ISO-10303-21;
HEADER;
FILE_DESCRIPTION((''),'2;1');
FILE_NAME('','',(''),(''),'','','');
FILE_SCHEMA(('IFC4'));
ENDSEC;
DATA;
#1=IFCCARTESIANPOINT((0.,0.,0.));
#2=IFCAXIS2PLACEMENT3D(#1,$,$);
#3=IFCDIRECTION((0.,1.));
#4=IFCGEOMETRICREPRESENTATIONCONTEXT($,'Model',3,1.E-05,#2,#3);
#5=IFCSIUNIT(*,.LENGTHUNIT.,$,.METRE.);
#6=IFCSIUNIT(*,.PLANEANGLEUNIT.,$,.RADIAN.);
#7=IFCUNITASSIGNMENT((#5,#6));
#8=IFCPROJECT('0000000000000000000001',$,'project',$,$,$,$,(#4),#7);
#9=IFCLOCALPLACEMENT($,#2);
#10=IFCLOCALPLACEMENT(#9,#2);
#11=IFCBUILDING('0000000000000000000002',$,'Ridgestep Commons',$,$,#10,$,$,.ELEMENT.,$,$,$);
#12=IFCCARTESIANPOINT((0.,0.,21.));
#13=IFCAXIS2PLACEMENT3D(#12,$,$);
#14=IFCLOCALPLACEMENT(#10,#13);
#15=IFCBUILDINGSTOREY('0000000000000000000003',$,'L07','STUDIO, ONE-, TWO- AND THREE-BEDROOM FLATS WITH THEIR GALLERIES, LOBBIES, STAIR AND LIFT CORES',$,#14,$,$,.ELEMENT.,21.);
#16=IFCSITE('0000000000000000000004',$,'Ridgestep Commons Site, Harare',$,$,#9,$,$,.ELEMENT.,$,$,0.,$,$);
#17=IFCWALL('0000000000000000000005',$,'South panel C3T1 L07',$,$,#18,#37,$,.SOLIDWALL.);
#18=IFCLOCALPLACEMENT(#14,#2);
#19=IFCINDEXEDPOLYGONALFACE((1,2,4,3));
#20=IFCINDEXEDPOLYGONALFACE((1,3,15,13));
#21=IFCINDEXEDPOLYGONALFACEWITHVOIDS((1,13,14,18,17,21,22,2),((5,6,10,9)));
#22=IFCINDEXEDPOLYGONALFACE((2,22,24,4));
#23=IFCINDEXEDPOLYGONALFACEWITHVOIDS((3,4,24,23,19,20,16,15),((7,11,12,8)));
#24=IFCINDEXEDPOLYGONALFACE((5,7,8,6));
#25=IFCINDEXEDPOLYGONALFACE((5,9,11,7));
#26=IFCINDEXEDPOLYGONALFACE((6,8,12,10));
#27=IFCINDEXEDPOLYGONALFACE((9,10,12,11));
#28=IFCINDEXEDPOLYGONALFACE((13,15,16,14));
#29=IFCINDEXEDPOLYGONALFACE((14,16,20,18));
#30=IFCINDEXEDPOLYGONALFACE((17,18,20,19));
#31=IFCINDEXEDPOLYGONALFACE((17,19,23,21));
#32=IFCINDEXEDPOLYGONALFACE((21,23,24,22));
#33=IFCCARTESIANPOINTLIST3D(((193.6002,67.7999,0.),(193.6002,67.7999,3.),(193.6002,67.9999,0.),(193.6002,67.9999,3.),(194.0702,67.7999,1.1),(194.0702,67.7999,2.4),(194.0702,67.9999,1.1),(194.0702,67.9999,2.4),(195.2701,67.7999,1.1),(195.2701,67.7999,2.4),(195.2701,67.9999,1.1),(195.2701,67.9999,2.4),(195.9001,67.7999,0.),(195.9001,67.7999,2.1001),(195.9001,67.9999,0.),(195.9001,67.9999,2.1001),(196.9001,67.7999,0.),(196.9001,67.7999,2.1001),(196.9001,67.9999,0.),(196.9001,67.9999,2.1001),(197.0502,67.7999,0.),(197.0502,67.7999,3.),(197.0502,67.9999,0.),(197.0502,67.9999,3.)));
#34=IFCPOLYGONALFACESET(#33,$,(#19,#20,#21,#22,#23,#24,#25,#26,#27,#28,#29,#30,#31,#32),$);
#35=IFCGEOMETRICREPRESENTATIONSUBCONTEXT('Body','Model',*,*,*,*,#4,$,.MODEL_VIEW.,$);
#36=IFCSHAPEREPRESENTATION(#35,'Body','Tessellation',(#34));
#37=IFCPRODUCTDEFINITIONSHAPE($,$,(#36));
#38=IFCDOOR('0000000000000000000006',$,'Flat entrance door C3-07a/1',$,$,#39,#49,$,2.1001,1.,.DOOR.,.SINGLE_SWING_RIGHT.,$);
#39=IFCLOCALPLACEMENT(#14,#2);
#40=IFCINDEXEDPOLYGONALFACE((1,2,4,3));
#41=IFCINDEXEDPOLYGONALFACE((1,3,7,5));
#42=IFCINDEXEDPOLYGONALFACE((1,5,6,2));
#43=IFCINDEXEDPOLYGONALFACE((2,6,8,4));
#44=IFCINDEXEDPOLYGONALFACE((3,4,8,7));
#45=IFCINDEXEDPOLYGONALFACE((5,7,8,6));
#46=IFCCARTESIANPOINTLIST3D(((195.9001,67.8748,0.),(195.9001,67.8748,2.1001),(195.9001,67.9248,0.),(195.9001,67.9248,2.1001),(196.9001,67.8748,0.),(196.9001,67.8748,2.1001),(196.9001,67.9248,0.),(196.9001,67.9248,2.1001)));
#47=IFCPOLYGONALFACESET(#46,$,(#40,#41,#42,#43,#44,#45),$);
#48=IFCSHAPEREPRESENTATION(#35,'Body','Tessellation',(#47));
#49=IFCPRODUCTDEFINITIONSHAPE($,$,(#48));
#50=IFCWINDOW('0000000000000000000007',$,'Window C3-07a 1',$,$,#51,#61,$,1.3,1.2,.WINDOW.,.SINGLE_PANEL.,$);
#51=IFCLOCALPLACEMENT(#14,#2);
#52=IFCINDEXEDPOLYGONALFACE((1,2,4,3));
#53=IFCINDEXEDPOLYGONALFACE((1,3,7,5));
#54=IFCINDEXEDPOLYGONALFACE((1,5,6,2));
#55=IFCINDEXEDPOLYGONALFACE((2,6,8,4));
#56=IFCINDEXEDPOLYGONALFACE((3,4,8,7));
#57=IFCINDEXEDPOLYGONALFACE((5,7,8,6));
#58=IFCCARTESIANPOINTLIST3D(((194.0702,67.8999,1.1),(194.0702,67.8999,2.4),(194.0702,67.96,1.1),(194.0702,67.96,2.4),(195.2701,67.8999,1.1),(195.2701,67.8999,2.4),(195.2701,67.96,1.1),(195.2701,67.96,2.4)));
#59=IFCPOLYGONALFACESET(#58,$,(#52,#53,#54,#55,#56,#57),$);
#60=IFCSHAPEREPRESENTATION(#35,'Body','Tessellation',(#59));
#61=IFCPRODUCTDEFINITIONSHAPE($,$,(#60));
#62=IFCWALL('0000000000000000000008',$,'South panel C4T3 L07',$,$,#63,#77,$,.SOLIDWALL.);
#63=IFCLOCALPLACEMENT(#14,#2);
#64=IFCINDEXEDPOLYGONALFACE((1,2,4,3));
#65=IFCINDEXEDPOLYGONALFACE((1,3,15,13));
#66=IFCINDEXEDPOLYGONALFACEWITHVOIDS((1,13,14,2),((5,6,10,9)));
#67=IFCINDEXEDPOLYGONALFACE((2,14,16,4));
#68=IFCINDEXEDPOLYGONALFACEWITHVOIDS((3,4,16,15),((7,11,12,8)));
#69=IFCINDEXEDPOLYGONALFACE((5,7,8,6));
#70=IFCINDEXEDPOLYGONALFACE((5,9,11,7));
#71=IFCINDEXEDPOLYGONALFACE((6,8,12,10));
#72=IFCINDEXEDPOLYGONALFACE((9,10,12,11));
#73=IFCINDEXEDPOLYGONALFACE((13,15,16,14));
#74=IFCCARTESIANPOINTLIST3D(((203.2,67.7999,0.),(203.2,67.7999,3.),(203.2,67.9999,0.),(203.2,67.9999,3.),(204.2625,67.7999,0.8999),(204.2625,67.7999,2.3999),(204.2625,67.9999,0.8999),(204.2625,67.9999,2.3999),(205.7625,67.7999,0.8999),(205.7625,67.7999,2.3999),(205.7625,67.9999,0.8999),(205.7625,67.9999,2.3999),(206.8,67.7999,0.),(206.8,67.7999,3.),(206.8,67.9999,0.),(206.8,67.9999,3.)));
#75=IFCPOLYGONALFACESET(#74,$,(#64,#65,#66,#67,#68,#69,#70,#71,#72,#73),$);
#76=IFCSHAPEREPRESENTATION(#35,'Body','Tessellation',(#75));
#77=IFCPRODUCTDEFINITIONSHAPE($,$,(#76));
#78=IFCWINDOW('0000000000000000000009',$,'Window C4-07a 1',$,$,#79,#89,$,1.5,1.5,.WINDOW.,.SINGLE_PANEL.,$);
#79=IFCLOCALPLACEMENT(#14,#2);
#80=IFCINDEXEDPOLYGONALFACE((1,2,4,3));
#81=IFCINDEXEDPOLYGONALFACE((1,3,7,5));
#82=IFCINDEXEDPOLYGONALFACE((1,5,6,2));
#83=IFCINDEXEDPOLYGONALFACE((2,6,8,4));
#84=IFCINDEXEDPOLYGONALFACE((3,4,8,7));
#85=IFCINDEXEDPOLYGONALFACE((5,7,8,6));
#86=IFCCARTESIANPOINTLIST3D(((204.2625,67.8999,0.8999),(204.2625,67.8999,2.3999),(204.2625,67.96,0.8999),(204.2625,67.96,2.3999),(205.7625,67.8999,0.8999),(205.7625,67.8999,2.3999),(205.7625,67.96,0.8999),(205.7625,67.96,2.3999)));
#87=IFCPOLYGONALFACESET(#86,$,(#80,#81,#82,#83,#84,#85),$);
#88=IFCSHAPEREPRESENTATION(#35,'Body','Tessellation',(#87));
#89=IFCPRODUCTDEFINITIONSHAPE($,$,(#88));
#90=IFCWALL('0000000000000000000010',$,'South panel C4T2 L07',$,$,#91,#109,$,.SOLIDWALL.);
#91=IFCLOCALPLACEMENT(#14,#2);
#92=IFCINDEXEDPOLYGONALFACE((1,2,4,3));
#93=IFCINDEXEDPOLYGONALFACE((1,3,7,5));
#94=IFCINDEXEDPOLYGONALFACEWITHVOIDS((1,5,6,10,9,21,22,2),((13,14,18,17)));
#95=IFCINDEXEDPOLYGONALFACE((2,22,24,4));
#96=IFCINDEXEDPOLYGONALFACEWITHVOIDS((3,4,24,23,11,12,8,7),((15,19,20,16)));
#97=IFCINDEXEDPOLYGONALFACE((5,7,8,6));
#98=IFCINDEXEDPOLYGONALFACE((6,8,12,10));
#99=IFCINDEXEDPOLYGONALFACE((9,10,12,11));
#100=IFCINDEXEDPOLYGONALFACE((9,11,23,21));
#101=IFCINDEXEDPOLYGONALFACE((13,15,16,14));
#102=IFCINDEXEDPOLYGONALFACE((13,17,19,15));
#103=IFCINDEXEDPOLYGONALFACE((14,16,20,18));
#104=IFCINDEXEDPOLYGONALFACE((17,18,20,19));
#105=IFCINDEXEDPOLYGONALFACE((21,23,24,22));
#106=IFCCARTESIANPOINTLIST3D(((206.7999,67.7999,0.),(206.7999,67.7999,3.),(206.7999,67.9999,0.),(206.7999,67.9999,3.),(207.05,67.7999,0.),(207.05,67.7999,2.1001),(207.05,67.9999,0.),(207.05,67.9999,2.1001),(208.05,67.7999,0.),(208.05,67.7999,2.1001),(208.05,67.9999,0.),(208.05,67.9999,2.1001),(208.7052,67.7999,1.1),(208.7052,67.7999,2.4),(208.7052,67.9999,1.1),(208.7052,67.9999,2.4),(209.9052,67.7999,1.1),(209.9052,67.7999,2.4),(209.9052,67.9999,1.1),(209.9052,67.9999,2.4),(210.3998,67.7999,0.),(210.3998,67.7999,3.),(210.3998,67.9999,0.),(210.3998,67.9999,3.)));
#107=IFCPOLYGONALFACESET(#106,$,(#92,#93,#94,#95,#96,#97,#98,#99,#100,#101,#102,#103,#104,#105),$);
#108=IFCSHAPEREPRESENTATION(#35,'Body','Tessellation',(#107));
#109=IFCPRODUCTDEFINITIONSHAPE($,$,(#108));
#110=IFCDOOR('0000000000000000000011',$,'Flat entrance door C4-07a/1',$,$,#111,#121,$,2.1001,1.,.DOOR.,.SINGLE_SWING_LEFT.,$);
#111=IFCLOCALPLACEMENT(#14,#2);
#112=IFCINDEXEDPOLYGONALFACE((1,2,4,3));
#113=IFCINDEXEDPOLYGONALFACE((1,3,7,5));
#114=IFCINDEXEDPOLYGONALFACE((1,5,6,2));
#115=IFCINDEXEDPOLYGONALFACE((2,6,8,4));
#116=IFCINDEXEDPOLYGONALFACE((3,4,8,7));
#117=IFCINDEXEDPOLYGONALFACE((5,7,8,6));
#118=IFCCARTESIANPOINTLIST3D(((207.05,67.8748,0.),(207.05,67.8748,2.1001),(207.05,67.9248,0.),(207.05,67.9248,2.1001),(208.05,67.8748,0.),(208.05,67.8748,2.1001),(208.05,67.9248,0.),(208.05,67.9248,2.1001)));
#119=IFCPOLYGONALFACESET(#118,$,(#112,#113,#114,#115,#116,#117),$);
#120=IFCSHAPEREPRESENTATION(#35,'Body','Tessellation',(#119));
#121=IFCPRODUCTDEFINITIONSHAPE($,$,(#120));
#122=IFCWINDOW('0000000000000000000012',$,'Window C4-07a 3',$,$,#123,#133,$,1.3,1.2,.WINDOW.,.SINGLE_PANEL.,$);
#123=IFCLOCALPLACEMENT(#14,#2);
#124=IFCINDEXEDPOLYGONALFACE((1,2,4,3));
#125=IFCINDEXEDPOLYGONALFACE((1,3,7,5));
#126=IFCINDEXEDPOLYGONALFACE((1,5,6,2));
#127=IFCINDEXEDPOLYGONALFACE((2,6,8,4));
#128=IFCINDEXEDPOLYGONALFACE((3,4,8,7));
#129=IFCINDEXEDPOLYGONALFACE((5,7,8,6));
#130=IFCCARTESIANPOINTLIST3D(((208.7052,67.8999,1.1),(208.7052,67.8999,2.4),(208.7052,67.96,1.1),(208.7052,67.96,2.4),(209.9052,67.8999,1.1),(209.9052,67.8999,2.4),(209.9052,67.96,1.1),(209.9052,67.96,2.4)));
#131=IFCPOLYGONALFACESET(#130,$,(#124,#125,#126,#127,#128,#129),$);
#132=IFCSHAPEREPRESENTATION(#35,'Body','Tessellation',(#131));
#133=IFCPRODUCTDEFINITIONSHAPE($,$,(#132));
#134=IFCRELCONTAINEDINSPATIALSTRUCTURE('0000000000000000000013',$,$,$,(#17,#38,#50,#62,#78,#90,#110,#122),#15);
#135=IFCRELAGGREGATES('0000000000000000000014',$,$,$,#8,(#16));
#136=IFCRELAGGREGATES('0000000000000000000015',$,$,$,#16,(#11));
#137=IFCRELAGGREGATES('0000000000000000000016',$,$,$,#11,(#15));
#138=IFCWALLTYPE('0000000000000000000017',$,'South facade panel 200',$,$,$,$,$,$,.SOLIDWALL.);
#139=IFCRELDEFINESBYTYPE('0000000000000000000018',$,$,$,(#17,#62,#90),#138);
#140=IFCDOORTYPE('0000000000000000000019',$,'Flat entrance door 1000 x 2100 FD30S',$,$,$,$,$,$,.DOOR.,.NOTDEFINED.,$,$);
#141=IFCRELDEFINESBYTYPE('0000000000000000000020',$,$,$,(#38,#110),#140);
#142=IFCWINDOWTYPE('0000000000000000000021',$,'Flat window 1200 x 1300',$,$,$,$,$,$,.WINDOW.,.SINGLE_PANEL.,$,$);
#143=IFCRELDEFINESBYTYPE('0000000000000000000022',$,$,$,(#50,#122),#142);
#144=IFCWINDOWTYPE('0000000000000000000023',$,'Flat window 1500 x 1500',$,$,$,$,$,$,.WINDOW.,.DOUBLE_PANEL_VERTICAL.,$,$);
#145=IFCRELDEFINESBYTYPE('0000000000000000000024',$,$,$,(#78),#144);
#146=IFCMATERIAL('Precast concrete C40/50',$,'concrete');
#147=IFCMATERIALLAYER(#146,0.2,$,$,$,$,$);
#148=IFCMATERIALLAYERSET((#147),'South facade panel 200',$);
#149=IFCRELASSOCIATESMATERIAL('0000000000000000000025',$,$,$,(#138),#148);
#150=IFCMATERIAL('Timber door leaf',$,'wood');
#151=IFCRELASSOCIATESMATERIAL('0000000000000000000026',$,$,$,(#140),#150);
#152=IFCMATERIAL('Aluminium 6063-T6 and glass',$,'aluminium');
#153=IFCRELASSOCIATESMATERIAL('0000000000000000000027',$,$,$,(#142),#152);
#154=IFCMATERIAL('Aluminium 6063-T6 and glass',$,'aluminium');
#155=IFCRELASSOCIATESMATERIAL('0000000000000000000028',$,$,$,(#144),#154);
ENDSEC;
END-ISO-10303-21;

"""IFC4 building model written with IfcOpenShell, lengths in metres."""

from ifc_helpers import new_model, si_unit, direction, frame, frame_2d, origin, place, context, subcontext, project, spatial, rectangle, extrude, material, layer, layer_set, type_object, element, fill, save


model = new_model("IFC4")

# Units and contexts
model_context = context("Model", 3, precision=1e-05, world=origin(), true_north=direction((0.0, 1.0)))
body_context = subcontext(model_context, "Body", "Model", "MODEL_VIEW")
ifc_project = project(units=[si_unit("LENGTHUNIT", "METRE"), si_unit("PLANEANGLEUNIT", "RADIAN")], contexts=[model_context])

# Site, building, storey
site_placement = place(None, origin())
site = spatial("IfcSite", under=ifc_project, at=site_placement, Name="Ridgestep Commons Site, Harare", CompositionType="ELEMENT", RefElevation=0.0)
building_placement = place(site_placement, origin())
building = spatial("IfcBuilding", under=site, at=building_placement, Name="Ridgestep Commons", CompositionType="ELEMENT")
storey_placement = place(building_placement, frame((0.0, 0.0, 21.0)))
storey = spatial("IfcBuildingStorey", under=building, at=storey_placement, Name="L07", Description="STUDIO, ONE-, TWO- AND THREE-BEDROOM FLATS WITH THEIR GALLERIES, LOBBIES, STAIR AND LIFT CORES", CompositionType="ELEMENT", Elevation=21.0)

# Wall, openings, door, window
ifc_material_1 = material(Name="Precast concrete C40/50", Category="concrete")
ifc_layer_1 = layer(ifc_material_1, 0.2)
ifc_layer_set_1 = layer_set([ifc_layer_1], Name="South facade panel 200")
wall_type_1 = type_object("IfcWallType", Name="South facade panel 200", PredefinedType="SOLIDWALL", material=ifc_layer_set_1)
wall_1_placement = place(storey_placement, frame((193.6001, 67.8999, 0.0), z_axis=(0.0, 0.0, 1.0), x_axis=(1.0, 0.0, 0.0)))
wall_1 = element("IfcWall", 1, at=wall_1_placement, inside=storey, type_object=wall_type_1, Name="South panel C3T1 L07", PredefinedType="SOLIDWALL", context=body_context, shape_type="SweptSolid", body=[
    extrude(rectangle(XDim=3.45, YDim=0.2, at=frame_2d((1.7251, 0.0))), origin(), (0.0, 0.0, 1.0), 3.0),
])
opening_1_placement = place(wall_1_placement, frame((0.47, 0.0, 1.1001)))
opening_1 = element("IfcOpeningElement", 2, at=opening_1_placement, cuts=wall_1, PredefinedType="OPENING", context=body_context, shape_type="SweptSolid", body=[
    extrude(rectangle(XDim=1.2, YDim=1.3, at=frame_2d((0.6001, 0.6499))), frame((0.0, 0.1099, 0.0), z_axis=(0.0, -1.0, 0.0), x_axis=(1.0, 0.0, 0.0)), (0.0, 0.0, 1.0), 0.22),
])
opening_2_placement = place(wall_1_placement, frame((2.3, 0.0, 0.0)))
opening_2 = element("IfcOpeningElement", 3, at=opening_2_placement, cuts=wall_1, PredefinedType="OPENING", context=body_context, shape_type="SweptSolid", body=[
    extrude(rectangle(XDim=1.0, YDim=2.1001, at=frame_2d((0.5, 1.05))), frame((0.0, 0.1099, 0.0), z_axis=(0.0, -1.0, 0.0), x_axis=(1.0, 0.0, 0.0)), (0.0, 0.0, 1.0), 0.22),
])
ifc_material_2 = material(Name="Timber door leaf", Category="wood")
door_type_1 = type_object("IfcDoorType", Name="Flat entrance door 1000 x 2100 FD30S", OperationType="NOTDEFINED", PredefinedType="DOOR", material=ifc_material_2)
door_1_placement = place(opening_2_placement, origin())
door_1 = element("IfcDoor", 4, at=door_1_placement, inside=storey, type_object=door_type_1, Name="Flat entrance door C3-07a/1", OperationType="SINGLE_SWING_RIGHT", OverallHeight=2.1001, OverallWidth=1.0, PredefinedType="DOOR", context=body_context, shape_type="SweptSolid", body=[
    extrude(rectangle(XDim=1.0, YDim=2.1001, at=frame_2d((0.5, 1.05))), frame((0.0, 0.0249, 0.0), z_axis=(0.0, -1.0, 0.0), x_axis=(1.0, 0.0, 0.0)), (0.0, 0.0, 1.0), 0.05),
])
fill(opening_2, door_1)
ifc_material_3 = material(Name="Aluminium 6063-T6 and glass", Category="aluminium")
window_type_1 = type_object("IfcWindowType", Name="Flat window 1200 x 1300", PartitioningType="SINGLE_PANEL", PredefinedType="WINDOW", material=ifc_material_3)
window_1_placement = place(opening_1_placement, origin())
window_1 = element("IfcWindow", 5, at=window_1_placement, inside=storey, type_object=window_type_1, Name="Window C3-07a 1", OverallHeight=1.3, OverallWidth=1.2, PartitioningType="SINGLE_PANEL", PredefinedType="WINDOW", context=body_context, shape_type="SweptSolid", body=[
    extrude(rectangle(XDim=1.2, YDim=1.3, at=frame_2d((0.6001, 0.6499))), frame((0.0, 0.0601, 0.0), z_axis=(0.0, -1.0, 0.0), x_axis=(1.0, 0.0, 0.0)), (0.0, 0.0, 1.0), 0.0601),
])
fill(opening_1, window_1)

# Wall, opening, window
wall_2_placement = place(storey_placement, frame((203.2, 67.8999, 0.0), z_axis=(0.0, 0.0, 1.0), x_axis=(1.0, 0.0, 0.0)))
wall_2 = element("IfcWall", 6, at=wall_2_placement, inside=storey, type_object=wall_type_1, Name="South panel C4T3 L07", PredefinedType="SOLIDWALL", context=body_context, shape_type="SweptSolid", body=[
    extrude(rectangle(XDim=3.6001, YDim=0.2, at=frame_2d((1.8, 0.0))), origin(), (0.0, 0.0, 1.0), 3.0),
])
opening_3_placement = place(wall_2_placement, frame((1.0625, 0.0, 0.8999)))
opening_3 = element("IfcOpeningElement", 7, at=opening_3_placement, cuts=wall_2, PredefinedType="OPENING", context=body_context, shape_type="SweptSolid", body=[
    extrude(rectangle(XDim=1.5, YDim=1.5, at=frame_2d((0.75, 0.75))), frame((0.0, 0.1099, 0.0), z_axis=(0.0, -1.0, 0.0), x_axis=(1.0, 0.0, 0.0)), (0.0, 0.0, 1.0), 0.22),
])
ifc_material_4 = material(Name="Aluminium 6063-T6 and glass", Category="aluminium")
window_type_2 = type_object("IfcWindowType", Name="Flat window 1500 x 1500", PartitioningType="DOUBLE_PANEL_VERTICAL", PredefinedType="WINDOW", material=ifc_material_4)
window_2_placement = place(opening_3_placement, origin())
window_2 = element("IfcWindow", 8, at=window_2_placement, inside=storey, type_object=window_type_2, Name="Window C4-07a 1", OverallHeight=1.5, OverallWidth=1.5, PartitioningType="SINGLE_PANEL", PredefinedType="WINDOW", context=body_context, shape_type="SweptSolid", body=[
    extrude(rectangle(XDim=1.5, YDim=1.5, at=frame_2d((0.75, 0.75))), frame((0.0, 0.0601, 0.0), z_axis=(0.0, -1.0, 0.0), x_axis=(1.0, 0.0, 0.0)), (0.0, 0.0, 1.0), 0.0601),
])
fill(opening_3, window_2)

# Wall, openings, door, window
wall_3_placement = place(storey_placement, frame((206.8, 67.8999, 0.0), z_axis=(0.0, 0.0, 1.0), x_axis=(1.0, 0.0, 0.0)))
wall_3 = element("IfcWall", 9, at=wall_3_placement, inside=storey, type_object=wall_type_1, Name="South panel C4T2 L07", PredefinedType="SOLIDWALL", context=body_context, shape_type="SweptSolid", body=[
    extrude(rectangle(XDim=3.5999, YDim=0.2, at=frame_2d((1.7998, 0.0))), origin(), (0.0, 0.0, 1.0), 3.0),
])
opening_4_placement = place(wall_3_placement, frame((1.905, 0.0, 1.1001)))
opening_4 = element("IfcOpeningElement", 10, at=opening_4_placement, cuts=wall_3, PredefinedType="OPENING", context=body_context, shape_type="SweptSolid", body=[
    extrude(rectangle(XDim=1.2, YDim=1.3, at=frame_2d((0.6001, 0.6499))), frame((0.0, 0.1099, 0.0), z_axis=(0.0, -1.0, 0.0), x_axis=(1.0, 0.0, 0.0)), (0.0, 0.0, 1.0), 0.22),
])
opening_5_placement = place(wall_3_placement, frame((0.25, 0.0, 0.0)))
opening_5 = element("IfcOpeningElement", 11, at=opening_5_placement, cuts=wall_3, PredefinedType="OPENING", context=body_context, shape_type="SweptSolid", body=[
    extrude(rectangle(XDim=1.0, YDim=2.1001, at=frame_2d((0.5, 1.05))), frame((0.0, 0.1099, 0.0), z_axis=(0.0, -1.0, 0.0), x_axis=(1.0, 0.0, 0.0)), (0.0, 0.0, 1.0), 0.22),
])
door_2_placement = place(opening_5_placement, origin())
door_2 = element("IfcDoor", 12, at=door_2_placement, inside=storey, type_object=door_type_1, Name="Flat entrance door C4-07a/1", OperationType="SINGLE_SWING_LEFT", OverallHeight=2.1001, OverallWidth=1.0, PredefinedType="DOOR", context=body_context, shape_type="SweptSolid", body=[
    extrude(rectangle(XDim=1.0, YDim=2.1001, at=frame_2d((0.5, 1.05))), frame((0.0, 0.0249, 0.0), z_axis=(0.0, -1.0, 0.0), x_axis=(1.0, 0.0, 0.0)), (0.0, 0.0, 1.0), 0.05),
])
fill(opening_5, door_2)
window_3_placement = place(opening_4_placement, origin())
window_3 = element("IfcWindow", 13, at=window_3_placement, inside=storey, type_object=window_type_1, Name="Window C4-07a 3", OverallHeight=1.3, OverallWidth=1.2, PartitioningType="SINGLE_PANEL", PredefinedType="WINDOW", context=body_context, shape_type="SweptSolid", body=[
    extrude(rectangle(XDim=1.2, YDim=1.3, at=frame_2d((0.6001, 0.6499))), frame((0.0, 0.0601, 0.0), z_axis=(0.0, -1.0, 0.0), x_axis=(1.0, 0.0, 0.0)), (0.0, 0.0, 1.0), 0.0601),
])
fill(opening_4, window_3)

save(model, "model.ifc")
